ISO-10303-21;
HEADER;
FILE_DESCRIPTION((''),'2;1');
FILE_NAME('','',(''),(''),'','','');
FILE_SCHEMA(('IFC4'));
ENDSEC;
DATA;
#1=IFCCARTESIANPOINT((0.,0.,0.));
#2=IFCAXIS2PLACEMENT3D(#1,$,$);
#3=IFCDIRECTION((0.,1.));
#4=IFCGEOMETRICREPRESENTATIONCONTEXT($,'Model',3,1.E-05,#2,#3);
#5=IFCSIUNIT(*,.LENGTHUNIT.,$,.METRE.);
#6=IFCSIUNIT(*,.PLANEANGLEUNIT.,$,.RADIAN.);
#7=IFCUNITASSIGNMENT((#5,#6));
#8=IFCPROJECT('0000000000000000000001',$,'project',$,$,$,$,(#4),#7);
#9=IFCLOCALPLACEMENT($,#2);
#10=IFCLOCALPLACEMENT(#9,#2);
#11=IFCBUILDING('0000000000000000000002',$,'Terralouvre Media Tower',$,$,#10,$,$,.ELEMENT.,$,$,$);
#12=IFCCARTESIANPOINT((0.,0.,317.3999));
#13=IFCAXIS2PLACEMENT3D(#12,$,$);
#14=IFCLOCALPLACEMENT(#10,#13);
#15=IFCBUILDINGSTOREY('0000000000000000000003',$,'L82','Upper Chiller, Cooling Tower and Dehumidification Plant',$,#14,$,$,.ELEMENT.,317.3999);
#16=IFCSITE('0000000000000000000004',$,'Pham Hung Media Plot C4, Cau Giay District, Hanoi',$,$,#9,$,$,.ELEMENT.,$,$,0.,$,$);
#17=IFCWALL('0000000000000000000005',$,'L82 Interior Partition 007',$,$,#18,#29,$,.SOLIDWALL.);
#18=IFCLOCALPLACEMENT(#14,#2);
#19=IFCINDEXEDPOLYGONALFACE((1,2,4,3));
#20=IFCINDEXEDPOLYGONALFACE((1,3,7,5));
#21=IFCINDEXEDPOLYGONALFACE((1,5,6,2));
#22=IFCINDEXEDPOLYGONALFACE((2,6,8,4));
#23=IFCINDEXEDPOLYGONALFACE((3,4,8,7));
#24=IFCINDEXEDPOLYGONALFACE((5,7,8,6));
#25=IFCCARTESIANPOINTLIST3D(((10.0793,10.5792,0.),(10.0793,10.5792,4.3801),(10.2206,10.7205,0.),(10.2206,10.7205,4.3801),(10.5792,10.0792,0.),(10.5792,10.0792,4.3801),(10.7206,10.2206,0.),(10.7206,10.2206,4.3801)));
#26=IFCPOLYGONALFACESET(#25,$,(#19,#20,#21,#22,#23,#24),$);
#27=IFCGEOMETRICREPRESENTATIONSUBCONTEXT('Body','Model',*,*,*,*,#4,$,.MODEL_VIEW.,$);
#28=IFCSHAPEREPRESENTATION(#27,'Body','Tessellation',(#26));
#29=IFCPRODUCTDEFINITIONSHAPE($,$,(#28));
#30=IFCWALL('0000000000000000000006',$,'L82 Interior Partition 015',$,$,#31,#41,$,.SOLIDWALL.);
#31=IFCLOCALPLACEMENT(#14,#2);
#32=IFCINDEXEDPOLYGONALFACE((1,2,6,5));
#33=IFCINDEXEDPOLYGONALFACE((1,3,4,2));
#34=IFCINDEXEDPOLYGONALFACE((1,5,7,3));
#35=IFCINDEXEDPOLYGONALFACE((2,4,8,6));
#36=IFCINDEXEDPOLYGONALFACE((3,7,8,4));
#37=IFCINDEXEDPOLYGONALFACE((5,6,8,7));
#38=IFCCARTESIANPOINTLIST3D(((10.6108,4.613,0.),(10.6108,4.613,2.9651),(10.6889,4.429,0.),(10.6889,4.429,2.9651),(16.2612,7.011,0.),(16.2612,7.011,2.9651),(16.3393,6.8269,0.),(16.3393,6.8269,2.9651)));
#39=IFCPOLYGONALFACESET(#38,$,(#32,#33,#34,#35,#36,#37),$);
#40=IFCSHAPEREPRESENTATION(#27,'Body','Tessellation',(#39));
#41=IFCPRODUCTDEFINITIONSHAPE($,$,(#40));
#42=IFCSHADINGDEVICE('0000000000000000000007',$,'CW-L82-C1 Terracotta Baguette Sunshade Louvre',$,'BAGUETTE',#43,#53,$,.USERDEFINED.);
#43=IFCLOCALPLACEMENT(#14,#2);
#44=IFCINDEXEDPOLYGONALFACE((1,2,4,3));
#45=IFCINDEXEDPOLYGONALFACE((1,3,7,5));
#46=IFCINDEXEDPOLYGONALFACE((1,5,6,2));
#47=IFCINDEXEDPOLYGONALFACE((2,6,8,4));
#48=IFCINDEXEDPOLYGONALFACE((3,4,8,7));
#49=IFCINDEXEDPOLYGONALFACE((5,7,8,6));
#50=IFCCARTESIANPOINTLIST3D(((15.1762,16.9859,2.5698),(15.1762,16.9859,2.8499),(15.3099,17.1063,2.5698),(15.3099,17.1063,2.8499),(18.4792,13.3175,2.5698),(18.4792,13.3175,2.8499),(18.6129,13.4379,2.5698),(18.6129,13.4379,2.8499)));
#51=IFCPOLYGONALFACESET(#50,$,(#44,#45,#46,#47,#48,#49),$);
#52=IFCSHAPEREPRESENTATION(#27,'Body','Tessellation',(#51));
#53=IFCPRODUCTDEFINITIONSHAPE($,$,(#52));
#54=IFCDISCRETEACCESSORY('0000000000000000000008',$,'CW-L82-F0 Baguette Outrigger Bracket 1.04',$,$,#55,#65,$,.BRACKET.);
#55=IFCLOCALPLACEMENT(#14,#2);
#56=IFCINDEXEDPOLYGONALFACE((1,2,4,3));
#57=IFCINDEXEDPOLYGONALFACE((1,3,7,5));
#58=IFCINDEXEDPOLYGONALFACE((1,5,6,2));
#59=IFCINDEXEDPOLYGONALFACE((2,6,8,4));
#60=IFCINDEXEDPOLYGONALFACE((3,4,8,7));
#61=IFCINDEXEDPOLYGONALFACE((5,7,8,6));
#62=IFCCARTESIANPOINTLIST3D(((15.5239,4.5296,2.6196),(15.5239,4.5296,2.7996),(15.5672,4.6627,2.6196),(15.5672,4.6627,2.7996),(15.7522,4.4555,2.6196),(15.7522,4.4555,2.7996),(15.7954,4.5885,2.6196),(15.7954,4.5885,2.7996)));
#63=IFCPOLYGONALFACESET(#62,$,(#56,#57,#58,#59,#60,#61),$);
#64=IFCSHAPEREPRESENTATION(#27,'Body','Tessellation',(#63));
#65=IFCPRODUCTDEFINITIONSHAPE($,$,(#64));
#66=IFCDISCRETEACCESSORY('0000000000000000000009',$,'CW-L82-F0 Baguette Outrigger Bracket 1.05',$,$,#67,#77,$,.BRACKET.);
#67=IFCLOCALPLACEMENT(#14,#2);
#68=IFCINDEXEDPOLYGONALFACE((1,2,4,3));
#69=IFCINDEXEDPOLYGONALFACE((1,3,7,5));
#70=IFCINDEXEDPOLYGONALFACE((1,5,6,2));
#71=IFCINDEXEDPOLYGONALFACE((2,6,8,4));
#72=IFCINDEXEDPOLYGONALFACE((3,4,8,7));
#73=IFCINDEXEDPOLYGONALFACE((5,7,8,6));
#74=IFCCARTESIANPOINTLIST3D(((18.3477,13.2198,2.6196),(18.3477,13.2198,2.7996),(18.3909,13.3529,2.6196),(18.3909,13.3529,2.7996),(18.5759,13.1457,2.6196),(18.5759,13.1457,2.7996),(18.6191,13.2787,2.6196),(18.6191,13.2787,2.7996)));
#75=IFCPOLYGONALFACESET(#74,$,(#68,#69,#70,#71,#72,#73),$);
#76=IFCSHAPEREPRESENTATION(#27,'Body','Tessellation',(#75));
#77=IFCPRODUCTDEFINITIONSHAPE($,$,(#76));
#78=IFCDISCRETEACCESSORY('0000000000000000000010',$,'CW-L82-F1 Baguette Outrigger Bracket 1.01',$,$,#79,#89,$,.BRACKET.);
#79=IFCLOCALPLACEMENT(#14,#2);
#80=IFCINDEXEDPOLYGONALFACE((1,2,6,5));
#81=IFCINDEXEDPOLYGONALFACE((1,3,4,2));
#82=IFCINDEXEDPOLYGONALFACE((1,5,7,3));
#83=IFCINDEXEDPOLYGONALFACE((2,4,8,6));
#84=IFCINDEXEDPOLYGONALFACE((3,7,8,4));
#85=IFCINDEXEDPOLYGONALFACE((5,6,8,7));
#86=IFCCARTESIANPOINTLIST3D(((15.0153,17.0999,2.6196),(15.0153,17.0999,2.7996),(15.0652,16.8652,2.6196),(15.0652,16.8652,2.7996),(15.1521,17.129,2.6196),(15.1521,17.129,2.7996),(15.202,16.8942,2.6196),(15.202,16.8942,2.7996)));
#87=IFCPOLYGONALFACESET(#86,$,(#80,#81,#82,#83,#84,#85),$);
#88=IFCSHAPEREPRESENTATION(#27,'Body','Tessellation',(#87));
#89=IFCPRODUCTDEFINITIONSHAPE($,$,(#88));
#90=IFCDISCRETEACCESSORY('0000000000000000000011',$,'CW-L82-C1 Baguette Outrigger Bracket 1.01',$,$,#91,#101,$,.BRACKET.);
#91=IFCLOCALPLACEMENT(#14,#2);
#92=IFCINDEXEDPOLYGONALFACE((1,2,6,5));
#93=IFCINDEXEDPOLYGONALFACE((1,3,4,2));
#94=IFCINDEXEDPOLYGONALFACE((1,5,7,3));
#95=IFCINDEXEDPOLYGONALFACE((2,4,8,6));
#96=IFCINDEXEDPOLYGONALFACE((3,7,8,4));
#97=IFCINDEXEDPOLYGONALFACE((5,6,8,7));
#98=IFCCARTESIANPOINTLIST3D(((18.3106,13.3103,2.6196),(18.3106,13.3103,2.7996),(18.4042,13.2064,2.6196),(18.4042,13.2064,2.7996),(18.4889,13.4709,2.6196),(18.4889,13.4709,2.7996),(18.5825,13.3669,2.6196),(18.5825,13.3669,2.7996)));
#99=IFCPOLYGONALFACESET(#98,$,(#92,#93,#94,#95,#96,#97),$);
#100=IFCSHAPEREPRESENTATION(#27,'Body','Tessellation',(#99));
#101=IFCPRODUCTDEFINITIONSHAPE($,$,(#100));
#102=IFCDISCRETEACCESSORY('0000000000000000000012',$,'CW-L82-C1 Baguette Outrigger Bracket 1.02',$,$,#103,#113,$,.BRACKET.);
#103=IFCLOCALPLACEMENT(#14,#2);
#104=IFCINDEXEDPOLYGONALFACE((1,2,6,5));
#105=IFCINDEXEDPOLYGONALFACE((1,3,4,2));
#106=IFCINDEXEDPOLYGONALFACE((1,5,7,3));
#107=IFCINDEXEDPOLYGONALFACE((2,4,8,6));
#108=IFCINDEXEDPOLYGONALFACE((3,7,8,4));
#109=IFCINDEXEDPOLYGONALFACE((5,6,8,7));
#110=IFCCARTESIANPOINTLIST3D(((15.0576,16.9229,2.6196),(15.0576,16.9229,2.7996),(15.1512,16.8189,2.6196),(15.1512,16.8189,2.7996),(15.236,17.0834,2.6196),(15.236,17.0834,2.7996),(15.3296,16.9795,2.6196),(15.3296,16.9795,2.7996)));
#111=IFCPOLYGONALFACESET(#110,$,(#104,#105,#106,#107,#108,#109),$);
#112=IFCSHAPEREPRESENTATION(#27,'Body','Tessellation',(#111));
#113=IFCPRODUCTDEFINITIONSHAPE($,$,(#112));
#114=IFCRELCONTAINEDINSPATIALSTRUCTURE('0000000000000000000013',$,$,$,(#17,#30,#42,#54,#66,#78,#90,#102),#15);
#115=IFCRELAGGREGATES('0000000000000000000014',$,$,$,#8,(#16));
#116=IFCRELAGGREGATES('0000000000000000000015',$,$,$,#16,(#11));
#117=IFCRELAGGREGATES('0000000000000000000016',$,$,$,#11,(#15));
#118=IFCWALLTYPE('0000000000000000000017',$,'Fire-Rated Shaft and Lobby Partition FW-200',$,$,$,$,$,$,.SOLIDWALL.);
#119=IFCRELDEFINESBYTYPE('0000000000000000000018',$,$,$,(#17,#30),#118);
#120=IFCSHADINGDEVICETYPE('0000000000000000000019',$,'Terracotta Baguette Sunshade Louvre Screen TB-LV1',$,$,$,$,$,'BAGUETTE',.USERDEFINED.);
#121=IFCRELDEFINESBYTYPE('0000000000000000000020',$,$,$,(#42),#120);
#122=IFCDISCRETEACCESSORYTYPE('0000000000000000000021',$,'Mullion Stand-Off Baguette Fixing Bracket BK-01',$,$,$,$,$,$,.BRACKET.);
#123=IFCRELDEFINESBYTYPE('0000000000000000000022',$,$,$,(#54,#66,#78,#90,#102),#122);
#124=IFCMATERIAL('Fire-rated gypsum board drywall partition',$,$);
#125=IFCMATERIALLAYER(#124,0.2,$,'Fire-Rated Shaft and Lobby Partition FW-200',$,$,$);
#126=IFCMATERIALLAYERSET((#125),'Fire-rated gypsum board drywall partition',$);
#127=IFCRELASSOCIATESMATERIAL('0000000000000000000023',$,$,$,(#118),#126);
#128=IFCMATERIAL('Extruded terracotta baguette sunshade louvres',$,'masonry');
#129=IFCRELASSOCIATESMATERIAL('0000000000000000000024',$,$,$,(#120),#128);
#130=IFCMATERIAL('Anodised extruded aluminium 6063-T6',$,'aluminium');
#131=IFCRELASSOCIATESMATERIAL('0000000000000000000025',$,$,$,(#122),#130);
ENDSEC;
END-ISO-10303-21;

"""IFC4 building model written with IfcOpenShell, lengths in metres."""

from ifc_helpers import new_model, si_unit, direction, frame, frame_2d, origin, origin_2d, place, context, subcontext, project, spatial, rectangle, extrude, material, layer, layer_set, type_object, element, save


model = new_model("IFC4")

# Units and contexts
model_context = context("Model", 3, precision=1e-05, world=origin(), true_north=direction((0.0, 1.0)))
body_context = subcontext(model_context, "Body", "Model", "MODEL_VIEW")
ifc_project = project(units=[si_unit("LENGTHUNIT", "METRE"), si_unit("PLANEANGLEUNIT", "RADIAN")], contexts=[model_context])

# Site, building, storey
site_placement = place(None, origin())
site = spatial("IfcSite", under=ifc_project, at=site_placement, Name="Pham Hung Media Plot C4, Cau Giay District, Hanoi", CompositionType="ELEMENT", RefElevation=0.0)
building_placement = place(site_placement, origin())
building = spatial("IfcBuilding", under=site, at=building_placement, Name="Terralouvre Media Tower", CompositionType="ELEMENT")
storey_placement = place(building_placement, frame((0.0, 0.0, 317.3999)))
storey = spatial("IfcBuildingStorey", under=building, at=storey_placement, Name="L82", Description="Upper Chiller, Cooling Tower and Dehumidification Plant", CompositionType="ELEMENT", Elevation=317.3999)

# Walls
ifc_material_1 = material(Name="Fire-rated gypsum board drywall partition")
ifc_layer_1 = layer(ifc_material_1, 0.2, Name="Fire-Rated Shaft and Lobby Partition FW-200")
ifc_layer_set_1 = layer_set([ifc_layer_1], Name="Fire-rated gypsum board drywall partition")
wall_type = type_object("IfcWallType", Name="Fire-Rated Shaft and Lobby Partition FW-200", PredefinedType="SOLIDWALL", material=ifc_layer_set_1)
wall_1_placement = place(storey_placement, frame((10.6499, 10.1499, 0.0), z_axis=(0.0, 0.0, 1.0), x_axis=(-0.707107, 0.707107, 0.0)))
element("IfcWall", 1, at=wall_1_placement, inside=storey, type_object=wall_type, Name="L82 Interior Partition 007", PredefinedType="SOLIDWALL", context=body_context, shape_type="SweptSolid", body=[
    extrude(rectangle(XDim=0.707, YDim=0.2, at=frame_2d((0.3535, 0.0))), origin(), (0.0, 0.0, 1.0), 4.3801),
])
wall_2_placement = place(storey_placement, frame((16.3003, 6.9189, 0.0), z_axis=(0.0, 0.0, 1.0), x_axis=(-0.920534, -0.390662, 0.0)))
element("IfcWall", 2, at=wall_2_placement, inside=storey, type_object=wall_type, Name="L82 Interior Partition 015", PredefinedType="SOLIDWALL", context=body_context, shape_type="SweptSolid", body=[
    extrude(rectangle(XDim=6.1382, YDim=0.2, at=frame_2d((3.0691, 0.0))), origin(), (0.0, 0.0, 1.0), 2.9651),
])

# Shading device
ifc_material_2 = material(Name="Extruded terracotta baguette sunshade louvres", Category="masonry")
shading_device_type = type_object("IfcShadingDeviceType", Name="Terracotta Baguette Sunshade Louvre Screen TB-LV1", ElementType="BAGUETTE", PredefinedType="USERDEFINED", material=ifc_material_2)
shading_device_placement = place(storey_placement, frame((16.8945, 15.2119, 2.5698), z_axis=(0.0, 0.0, 1.0), x_axis=(-0.669131, 0.743145, 0.0)))
element("IfcShadingDevice", 3, at=shading_device_placement, inside=storey, type_object=shading_device_type, Name="CW-L82-C1 Terracotta Baguette Sunshade Louvre", ObjectType="BAGUETTE", PredefinedType="USERDEFINED", context=body_context, shape_type="SweptSolid", body=[
    extrude(rectangle(XDim=4.9363, YDim=0.1799, at=origin_2d()), origin(), (0.0, 0.0, 1.0), 0.28),
])

# Discrete accessories
ifc_material_3 = material(Name="Anodised extruded aluminium 6063-T6", Category="aluminium")
discrete_accessory_type = type_object("IfcDiscreteAccessoryType", Name="Mullion Stand-Off Baguette Fixing Bracket BK-01", PredefinedType="BRACKET", material=ifc_material_3)
for number, where, z_axis, x_axis, name in (
    (4, (15.6597, 4.5591, 2.6196), (0.0, 0.0, 1.0), (0.309017, 0.951056, 0.0), "CW-L82-F0 Baguette Outrigger Bracket 1.04"),
    (5, (18.4834, 13.2493, 2.6196), (0.0, 0.0, 1.0), (0.309017, 0.951056, 0.0), "CW-L82-F0 Baguette Outrigger Bracket 1.05"),
    (6, (15.1086, 16.9971, 2.6196), (0.0, 0.0, 1.0), (-0.978148, -0.207912, 0.0), "CW-L82-F1 Baguette Outrigger Bracket 1.01"),
    (7, (18.4465, 13.3386, 2.6196), (0.0, 0.0, 1.0), (-0.669131, 0.743145, 0.0), "CW-L82-C1 Baguette Outrigger Bracket 1.01"),
    (8, (15.1936, 16.9512, 2.6196), (0.0, 0.0, 1.0), (-0.669131, 0.743145, 0.0), "CW-L82-C1 Baguette Outrigger Bracket 1.02"),
):
    element("IfcDiscreteAccessory", number, at=place(storey_placement, frame(where, z_axis=z_axis, x_axis=x_axis)), inside=storey, type_object=discrete_accessory_type, Name=name, PredefinedType="BRACKET", context=body_context, shape_type="SweptSolid", body=[
        extrude(rectangle(XDim=0.1399, YDim=0.24, at=origin_2d()), origin(), (0.0, 0.0, 1.0), 0.1799),
    ])

save(model, "model.ifc")
